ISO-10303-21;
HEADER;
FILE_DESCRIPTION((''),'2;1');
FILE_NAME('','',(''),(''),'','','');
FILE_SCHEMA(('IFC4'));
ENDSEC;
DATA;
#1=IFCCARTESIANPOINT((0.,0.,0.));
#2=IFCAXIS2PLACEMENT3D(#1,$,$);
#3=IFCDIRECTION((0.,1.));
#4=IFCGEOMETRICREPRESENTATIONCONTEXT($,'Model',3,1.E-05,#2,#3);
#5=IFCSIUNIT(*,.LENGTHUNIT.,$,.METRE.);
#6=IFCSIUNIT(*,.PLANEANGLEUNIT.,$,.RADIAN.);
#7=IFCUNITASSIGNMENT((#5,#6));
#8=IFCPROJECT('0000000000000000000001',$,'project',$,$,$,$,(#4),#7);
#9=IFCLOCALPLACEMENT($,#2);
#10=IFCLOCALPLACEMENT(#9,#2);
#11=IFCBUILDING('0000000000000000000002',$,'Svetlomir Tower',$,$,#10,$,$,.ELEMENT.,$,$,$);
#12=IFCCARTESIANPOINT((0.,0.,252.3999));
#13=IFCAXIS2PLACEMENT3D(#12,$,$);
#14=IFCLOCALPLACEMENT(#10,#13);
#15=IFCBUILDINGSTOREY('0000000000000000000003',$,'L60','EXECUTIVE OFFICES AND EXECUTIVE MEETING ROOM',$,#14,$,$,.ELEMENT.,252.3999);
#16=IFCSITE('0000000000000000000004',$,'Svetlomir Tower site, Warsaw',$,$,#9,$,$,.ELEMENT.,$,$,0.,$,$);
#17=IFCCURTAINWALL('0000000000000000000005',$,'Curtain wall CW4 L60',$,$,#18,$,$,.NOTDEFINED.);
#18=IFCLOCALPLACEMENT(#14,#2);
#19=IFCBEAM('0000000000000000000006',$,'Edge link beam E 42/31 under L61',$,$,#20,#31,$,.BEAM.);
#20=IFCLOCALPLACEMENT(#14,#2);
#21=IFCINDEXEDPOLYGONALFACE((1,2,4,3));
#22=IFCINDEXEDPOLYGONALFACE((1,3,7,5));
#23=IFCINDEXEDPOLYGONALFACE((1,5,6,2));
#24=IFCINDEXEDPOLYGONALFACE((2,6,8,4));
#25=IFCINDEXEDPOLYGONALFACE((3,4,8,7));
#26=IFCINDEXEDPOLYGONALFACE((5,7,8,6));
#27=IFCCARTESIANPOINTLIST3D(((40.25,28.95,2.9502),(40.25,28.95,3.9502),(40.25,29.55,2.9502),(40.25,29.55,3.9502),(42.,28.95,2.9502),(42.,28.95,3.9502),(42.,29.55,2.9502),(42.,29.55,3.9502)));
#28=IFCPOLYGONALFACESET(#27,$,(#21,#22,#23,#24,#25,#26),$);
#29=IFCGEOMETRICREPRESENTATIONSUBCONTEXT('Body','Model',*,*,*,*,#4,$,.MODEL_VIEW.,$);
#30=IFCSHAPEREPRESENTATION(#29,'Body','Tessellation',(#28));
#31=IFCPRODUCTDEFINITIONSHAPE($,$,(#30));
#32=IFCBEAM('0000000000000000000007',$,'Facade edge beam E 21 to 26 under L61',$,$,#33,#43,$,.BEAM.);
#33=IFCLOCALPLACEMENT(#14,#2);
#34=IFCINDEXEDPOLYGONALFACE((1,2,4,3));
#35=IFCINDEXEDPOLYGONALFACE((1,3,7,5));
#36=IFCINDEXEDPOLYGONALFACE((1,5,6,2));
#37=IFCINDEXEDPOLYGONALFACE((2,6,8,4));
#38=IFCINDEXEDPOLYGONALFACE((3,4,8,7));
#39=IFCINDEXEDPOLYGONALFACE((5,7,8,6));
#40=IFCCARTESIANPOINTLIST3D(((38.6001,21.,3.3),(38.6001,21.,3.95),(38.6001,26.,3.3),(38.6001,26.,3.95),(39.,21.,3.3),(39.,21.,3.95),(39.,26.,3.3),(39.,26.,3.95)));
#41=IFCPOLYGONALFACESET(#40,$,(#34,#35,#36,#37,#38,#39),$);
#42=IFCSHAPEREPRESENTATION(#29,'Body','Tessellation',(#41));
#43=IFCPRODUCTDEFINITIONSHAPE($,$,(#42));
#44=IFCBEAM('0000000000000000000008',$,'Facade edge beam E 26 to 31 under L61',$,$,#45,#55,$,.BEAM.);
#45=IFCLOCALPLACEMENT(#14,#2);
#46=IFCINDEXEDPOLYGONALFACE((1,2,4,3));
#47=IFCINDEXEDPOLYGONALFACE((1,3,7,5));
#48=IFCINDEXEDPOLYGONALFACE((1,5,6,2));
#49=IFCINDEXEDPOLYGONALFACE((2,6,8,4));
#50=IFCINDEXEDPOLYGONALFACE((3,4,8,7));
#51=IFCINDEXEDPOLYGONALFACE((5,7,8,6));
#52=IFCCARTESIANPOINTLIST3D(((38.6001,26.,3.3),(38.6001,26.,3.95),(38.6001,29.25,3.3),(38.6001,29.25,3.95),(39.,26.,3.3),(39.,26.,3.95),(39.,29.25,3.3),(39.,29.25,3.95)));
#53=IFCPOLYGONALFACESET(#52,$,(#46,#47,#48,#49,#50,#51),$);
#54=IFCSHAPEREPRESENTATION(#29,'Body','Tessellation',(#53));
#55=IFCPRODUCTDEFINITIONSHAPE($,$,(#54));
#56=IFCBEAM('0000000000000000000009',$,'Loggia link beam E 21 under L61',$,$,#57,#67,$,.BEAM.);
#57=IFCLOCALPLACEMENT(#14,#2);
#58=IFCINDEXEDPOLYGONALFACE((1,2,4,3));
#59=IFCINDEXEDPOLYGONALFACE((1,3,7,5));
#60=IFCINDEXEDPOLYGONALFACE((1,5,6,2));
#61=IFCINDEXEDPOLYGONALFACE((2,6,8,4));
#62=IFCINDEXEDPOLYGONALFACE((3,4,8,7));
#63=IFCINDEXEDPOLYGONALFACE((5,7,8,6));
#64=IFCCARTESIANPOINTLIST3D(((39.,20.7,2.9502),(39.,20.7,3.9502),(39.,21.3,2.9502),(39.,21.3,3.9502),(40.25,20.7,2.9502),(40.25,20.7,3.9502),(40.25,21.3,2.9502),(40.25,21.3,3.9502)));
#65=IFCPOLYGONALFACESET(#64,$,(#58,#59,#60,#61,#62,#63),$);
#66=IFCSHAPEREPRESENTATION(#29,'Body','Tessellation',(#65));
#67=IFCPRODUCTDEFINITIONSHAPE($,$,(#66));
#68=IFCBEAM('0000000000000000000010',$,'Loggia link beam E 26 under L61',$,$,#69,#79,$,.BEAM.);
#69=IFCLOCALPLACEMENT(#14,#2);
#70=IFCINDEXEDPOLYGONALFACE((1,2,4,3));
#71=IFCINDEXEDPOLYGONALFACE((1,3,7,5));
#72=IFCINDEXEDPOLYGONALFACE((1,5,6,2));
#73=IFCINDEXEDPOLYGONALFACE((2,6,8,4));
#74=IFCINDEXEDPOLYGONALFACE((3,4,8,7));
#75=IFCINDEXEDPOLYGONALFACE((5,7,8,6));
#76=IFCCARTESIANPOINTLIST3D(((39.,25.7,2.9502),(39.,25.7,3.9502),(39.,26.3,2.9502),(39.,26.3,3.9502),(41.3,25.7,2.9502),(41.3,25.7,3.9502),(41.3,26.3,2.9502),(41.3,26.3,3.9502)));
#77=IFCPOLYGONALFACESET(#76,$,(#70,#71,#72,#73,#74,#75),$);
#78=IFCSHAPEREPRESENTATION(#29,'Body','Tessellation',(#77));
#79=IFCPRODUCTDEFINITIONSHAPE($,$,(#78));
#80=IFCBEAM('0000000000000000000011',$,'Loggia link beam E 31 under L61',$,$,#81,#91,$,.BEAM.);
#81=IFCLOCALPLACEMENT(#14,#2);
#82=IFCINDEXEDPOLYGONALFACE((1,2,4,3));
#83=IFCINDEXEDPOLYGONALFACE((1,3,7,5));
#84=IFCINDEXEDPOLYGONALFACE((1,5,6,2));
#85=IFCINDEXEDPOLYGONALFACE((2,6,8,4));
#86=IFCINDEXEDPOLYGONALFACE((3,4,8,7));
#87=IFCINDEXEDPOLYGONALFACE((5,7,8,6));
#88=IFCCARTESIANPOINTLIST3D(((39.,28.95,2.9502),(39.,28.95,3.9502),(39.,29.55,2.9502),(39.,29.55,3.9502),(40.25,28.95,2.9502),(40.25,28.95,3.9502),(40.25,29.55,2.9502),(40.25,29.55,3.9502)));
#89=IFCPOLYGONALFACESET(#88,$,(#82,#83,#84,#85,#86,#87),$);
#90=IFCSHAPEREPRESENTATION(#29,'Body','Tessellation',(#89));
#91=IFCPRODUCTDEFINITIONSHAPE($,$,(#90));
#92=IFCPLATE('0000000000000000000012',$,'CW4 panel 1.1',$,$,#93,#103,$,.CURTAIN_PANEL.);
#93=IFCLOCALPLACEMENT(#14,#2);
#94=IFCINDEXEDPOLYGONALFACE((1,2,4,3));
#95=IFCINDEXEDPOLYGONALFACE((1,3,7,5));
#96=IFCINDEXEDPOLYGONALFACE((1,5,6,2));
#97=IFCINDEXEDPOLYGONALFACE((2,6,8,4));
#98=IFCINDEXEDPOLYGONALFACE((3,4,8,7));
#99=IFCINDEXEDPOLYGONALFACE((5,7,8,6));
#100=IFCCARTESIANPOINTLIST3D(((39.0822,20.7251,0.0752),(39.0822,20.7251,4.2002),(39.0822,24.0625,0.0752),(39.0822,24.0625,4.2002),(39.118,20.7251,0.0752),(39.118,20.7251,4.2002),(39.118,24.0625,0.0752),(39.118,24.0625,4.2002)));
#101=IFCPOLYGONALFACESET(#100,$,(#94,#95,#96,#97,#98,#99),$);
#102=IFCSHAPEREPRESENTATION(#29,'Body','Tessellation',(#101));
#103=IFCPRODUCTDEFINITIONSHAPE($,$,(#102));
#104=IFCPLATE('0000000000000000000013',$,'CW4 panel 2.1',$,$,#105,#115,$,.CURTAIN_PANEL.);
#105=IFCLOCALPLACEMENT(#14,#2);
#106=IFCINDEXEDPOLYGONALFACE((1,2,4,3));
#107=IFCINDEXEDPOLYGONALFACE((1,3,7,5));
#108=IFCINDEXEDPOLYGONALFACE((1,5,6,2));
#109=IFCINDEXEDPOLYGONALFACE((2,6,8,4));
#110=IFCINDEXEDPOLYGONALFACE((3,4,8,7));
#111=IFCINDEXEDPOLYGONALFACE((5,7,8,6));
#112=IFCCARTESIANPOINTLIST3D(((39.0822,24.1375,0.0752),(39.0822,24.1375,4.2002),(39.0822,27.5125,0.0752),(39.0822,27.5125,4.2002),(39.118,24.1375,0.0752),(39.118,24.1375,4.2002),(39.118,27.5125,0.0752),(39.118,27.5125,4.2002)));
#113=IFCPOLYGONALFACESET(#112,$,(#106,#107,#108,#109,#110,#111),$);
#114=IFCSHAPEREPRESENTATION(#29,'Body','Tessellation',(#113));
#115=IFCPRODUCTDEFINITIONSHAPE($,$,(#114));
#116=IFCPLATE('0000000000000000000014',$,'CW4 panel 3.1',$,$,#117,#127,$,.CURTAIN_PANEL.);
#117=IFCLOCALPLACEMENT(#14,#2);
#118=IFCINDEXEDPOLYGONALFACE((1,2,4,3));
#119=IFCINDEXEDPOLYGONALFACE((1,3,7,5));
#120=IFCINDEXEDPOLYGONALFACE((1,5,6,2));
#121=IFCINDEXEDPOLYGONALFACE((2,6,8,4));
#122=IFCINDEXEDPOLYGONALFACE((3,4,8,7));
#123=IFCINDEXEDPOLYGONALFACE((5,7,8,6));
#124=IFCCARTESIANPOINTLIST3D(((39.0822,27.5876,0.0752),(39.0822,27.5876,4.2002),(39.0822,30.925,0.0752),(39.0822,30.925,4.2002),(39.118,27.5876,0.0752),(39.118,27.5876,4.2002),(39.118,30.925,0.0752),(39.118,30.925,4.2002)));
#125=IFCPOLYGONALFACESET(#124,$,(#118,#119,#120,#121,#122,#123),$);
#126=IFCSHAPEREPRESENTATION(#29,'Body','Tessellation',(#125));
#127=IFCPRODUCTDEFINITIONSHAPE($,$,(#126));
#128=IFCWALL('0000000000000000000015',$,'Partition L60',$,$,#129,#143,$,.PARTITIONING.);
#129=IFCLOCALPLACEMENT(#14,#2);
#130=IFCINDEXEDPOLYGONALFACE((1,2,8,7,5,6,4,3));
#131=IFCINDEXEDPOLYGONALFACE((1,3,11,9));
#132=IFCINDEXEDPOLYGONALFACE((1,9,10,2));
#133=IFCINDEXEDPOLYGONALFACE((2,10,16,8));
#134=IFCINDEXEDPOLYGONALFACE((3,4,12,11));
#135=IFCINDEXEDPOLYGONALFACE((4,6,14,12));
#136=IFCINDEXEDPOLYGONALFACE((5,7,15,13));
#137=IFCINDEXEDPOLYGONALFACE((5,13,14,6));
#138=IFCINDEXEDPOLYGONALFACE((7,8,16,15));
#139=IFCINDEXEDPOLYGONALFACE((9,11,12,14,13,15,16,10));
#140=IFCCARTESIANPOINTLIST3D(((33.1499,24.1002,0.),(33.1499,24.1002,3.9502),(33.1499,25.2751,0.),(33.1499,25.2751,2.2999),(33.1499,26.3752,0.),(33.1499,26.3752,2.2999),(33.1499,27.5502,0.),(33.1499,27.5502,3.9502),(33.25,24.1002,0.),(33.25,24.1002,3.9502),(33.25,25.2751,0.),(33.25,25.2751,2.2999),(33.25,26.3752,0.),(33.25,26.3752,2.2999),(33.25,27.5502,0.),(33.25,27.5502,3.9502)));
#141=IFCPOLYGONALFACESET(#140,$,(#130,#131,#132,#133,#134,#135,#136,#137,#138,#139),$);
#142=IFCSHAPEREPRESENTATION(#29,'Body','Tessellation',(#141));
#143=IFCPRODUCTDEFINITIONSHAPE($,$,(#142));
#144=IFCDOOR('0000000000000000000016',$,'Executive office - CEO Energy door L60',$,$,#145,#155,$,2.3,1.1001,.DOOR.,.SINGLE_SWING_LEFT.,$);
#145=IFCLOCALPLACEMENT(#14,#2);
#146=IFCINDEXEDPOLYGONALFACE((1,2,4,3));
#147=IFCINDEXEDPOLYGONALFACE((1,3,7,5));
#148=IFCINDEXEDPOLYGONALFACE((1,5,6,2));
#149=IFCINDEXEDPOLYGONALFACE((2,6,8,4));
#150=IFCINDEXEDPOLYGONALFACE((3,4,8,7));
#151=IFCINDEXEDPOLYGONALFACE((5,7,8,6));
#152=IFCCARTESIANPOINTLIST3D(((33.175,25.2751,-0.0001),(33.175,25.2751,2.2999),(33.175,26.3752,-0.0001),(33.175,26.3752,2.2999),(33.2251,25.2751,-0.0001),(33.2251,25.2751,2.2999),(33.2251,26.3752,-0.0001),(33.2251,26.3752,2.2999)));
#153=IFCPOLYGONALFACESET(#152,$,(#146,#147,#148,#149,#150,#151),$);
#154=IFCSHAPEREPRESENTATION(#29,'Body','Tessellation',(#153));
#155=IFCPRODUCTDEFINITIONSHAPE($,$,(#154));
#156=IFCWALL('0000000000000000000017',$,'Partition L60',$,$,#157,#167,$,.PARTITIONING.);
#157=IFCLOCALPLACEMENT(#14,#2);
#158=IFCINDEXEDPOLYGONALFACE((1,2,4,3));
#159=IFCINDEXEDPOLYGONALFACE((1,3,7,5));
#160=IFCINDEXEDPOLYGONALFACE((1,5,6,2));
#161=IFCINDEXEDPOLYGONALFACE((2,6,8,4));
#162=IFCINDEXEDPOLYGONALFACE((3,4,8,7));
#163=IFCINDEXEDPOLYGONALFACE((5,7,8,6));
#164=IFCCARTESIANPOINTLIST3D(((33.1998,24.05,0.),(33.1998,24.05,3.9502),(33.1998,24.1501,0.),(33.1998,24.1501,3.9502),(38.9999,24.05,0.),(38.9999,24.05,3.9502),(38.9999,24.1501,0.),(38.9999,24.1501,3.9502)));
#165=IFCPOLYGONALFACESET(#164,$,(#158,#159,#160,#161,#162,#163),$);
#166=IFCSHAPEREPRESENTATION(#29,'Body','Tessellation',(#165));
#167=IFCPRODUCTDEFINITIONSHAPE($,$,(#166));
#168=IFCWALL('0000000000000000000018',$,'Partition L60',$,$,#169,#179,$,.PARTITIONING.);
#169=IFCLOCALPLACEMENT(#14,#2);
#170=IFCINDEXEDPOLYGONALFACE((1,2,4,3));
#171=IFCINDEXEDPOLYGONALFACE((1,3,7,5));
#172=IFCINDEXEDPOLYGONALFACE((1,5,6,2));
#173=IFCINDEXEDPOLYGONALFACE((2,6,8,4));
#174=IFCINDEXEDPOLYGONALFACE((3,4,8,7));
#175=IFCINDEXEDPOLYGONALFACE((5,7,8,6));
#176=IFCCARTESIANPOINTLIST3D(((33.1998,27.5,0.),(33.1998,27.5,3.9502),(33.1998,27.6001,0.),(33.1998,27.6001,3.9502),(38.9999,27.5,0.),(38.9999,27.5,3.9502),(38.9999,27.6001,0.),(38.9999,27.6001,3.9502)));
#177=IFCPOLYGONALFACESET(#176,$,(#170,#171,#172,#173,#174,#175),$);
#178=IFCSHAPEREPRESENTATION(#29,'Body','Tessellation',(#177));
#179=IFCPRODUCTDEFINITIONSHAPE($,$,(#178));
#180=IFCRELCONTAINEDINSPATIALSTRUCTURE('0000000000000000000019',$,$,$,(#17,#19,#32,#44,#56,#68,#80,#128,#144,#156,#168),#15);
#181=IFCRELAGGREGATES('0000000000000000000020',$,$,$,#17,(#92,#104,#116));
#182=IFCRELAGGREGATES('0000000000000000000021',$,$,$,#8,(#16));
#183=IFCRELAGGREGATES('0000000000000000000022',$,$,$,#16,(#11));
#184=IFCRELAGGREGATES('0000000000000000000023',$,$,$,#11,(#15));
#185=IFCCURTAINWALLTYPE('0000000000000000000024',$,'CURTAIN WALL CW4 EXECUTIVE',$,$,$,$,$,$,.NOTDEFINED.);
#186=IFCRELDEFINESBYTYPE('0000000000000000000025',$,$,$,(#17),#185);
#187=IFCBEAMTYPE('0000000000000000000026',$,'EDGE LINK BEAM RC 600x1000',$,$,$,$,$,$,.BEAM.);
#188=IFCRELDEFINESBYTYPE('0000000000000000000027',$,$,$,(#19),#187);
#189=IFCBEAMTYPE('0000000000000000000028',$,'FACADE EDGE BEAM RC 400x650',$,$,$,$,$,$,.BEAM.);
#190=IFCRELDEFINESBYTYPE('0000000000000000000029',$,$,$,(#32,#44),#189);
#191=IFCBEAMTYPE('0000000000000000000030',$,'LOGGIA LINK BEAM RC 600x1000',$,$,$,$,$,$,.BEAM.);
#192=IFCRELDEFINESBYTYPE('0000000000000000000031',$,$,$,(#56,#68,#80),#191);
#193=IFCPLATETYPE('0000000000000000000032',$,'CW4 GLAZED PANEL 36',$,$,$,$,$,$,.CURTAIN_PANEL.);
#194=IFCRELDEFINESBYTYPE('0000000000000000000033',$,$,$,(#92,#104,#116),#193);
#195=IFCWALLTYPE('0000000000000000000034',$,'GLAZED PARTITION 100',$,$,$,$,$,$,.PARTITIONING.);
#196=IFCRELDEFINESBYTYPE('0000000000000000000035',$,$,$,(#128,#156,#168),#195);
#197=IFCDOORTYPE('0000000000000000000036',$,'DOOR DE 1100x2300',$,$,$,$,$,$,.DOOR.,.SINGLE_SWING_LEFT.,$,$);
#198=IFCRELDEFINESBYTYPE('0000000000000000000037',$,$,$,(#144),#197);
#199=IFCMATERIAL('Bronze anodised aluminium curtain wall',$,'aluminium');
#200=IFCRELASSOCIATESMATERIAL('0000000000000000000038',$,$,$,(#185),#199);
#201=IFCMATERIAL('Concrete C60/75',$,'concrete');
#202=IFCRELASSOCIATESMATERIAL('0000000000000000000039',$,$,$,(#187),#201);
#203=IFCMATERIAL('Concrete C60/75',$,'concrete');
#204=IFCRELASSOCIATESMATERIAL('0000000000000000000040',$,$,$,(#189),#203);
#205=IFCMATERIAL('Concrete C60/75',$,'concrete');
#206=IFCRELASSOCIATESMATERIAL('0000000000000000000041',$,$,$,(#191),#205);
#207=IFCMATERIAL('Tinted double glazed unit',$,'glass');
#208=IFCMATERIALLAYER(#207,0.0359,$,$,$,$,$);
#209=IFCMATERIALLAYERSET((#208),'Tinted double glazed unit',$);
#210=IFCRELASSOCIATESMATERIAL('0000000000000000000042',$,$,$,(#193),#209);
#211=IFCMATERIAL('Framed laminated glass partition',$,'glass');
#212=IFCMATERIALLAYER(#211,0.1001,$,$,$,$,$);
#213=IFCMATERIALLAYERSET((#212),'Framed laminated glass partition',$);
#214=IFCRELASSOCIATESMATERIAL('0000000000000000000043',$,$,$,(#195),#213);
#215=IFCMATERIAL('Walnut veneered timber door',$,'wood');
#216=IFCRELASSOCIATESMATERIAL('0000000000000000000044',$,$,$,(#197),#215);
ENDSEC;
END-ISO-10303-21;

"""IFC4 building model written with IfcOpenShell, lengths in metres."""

from ifc_helpers import new_model, si_unit, direction, frame, frame_2d, origin, origin_2d, place, context, subcontext, project, spatial, rectangle, extrude, material, layer, layer_set, material_profile, profile_set, type_object, element, fill, aggregate, save


model = new_model("IFC4")

# Units and contexts
model_context = context("Model", 3, precision=1e-05, world=origin(), true_north=direction((0.0, 1.0)))
body_context = subcontext(model_context, "Body", "Model", "MODEL_VIEW")
ifc_project = project(units=[si_unit("LENGTHUNIT", "METRE"), si_unit("PLANEANGLEUNIT", "RADIAN")], contexts=[model_context])

# Site, building, storey
site_placement = place(None, origin())
site = spatial("IfcSite", under=ifc_project, at=site_placement, Name="Svetlomir Tower site, Warsaw", CompositionType="ELEMENT", RefElevation=0.0)
building_placement = place(site_placement, origin())
building = spatial("IfcBuilding", under=site, at=building_placement, Name="Svetlomir Tower", CompositionType="ELEMENT")
storey_placement = place(building_placement, frame((0.0, 0.0, 252.3999)))
storey = spatial("IfcBuildingStorey", under=building, at=storey_placement, Name="L60", Description="EXECUTIVE OFFICES AND EXECUTIVE MEETING ROOM", CompositionType="ELEMENT", Elevation=252.3999)

# Curtain wall
ifc_material_1 = material(Name="Bronze anodised aluminium curtain wall", Category="aluminium")
curtain_wall_type = type_object("IfcCurtainWallType", Name="CURTAIN WALL CW4 EXECUTIVE", PredefinedType="NOTDEFINED", material=ifc_material_1)
curtain_wall_placement = place(storey_placement, origin())
curtain_wall = element("IfcCurtainWall", 1, at=curtain_wall_placement, inside=storey, type_object=curtain_wall_type, Name="Curtain wall CW4 L60", PredefinedType="NOTDEFINED")

# Beams
ifc_material_2 = material(Name="Concrete C60/75", Category="concrete")
ifc_material_profile_1 = material_profile(ifc_material_2, rectangle(XDim=0.6001, YDim=1.0, at=origin_2d()), Name="RC 600x1000")
ifc_profile_set_1 = profile_set([ifc_material_profile_1], Name="Concrete C60/75")
beam_type_1 = type_object("IfcBeamType", Name="EDGE LINK BEAM RC 600x1000", PredefinedType="BEAM", material=ifc_profile_set_1)
beam_1_placement = place(storey_placement, frame((40.25, 29.25, 3.4502), z_axis=(1.0, 0.0, 0.0), x_axis=(0.0, 1.0, 0.0)))
element("IfcBeam", 2, at=beam_1_placement, inside=storey, type_object=beam_type_1, Name="Edge link beam E 42/31 under L61", PredefinedType="BEAM", context=body_context, shape_type="SweptSolid", body=[
    extrude(rectangle(XDim=0.6001, YDim=1.0, at=origin_2d()), origin(), (0.0, 0.0, 1.0), 1.75),
])
ifc_material_3 = material(Name="Concrete C60/75", Category="concrete")
ifc_material_profile_2 = material_profile(ifc_material_3, rectangle(XDim=0.3999, YDim=0.6499, at=origin_2d()), Name="RC 400x650")
ifc_profile_set_2 = profile_set([ifc_material_profile_2], Name="Concrete C60/75")
beam_type_2 = type_object("IfcBeamType", Name="FACADE EDGE BEAM RC 400x650", PredefinedType="BEAM", material=ifc_profile_set_2)
beam_2_placement = place(storey_placement, frame((38.8, 21.0, 3.625), z_axis=(0.0, 1.0, 0.0), x_axis=(-1.0, 0.0, 0.0)))
element("IfcBeam", 3, at=beam_2_placement, inside=storey, type_object=beam_type_2, Name="Facade edge beam E 21 to 26 under L61", PredefinedType="BEAM", context=body_context, shape_type="SweptSolid", body=[
    extrude(rectangle(XDim=0.3999, YDim=0.6499, at=origin_2d()), origin(), (0.0, 0.0, 1.0), 5.0),
])
beam_3_placement = place(storey_placement, frame((38.8, 26.0, 3.625), z_axis=(0.0, 1.0, 0.0), x_axis=(-1.0, 0.0, 0.0)))
element("IfcBeam", 4, at=beam_3_placement, inside=storey, type_object=beam_type_2, Name="Facade edge beam E 26 to 31 under L61", PredefinedType="BEAM", context=body_context, shape_type="SweptSolid", body=[
    extrude(rectangle(XDim=0.3999, YDim=0.6499, at=origin_2d()), origin(), (0.0, 0.0, 1.0), 3.25),
])
ifc_material_4 = material(Name="Concrete C60/75", Category="concrete")
ifc_material_profile_3 = material_profile(ifc_material_4, rectangle(XDim=0.6001, YDim=1.0, at=origin_2d()), Name="RC 600x1000")
ifc_profile_set_3 = profile_set([ifc_material_profile_3], Name="Concrete C60/75")
beam_type_3 = type_object("IfcBeamType", Name="LOGGIA LINK BEAM RC 600x1000", PredefinedType="BEAM", material=ifc_profile_set_3)
beam_4_placement = place(storey_placement, frame((40.25, 21.0, 3.4502), z_axis=(-1.0, 0.0, 0.0), x_axis=(0.0, -1.0, 0.0)))
element("IfcBeam", 5, at=beam_4_placement, inside=storey, type_object=beam_type_3, Name="Loggia link beam E 21 under L61", PredefinedType="BEAM", context=body_context, shape_type="SweptSolid", body=[
    extrude(rectangle(XDim=0.6001, YDim=1.0, at=origin_2d()), origin(), (0.0, 0.0, 1.0), 1.25),
])
beam_5_placement = place(storey_placement, frame((41.3, 26.0, 3.4502), z_axis=(-1.0, 0.0, 0.0), x_axis=(0.0, -1.0, 0.0)))
element("IfcBeam", 6, at=beam_5_placement, inside=storey, type_object=beam_type_3, Name="Loggia link beam E 26 under L61", PredefinedType="BEAM", context=body_context, shape_type="SweptSolid", body=[
    extrude(rectangle(XDim=0.6001, YDim=1.0, at=origin_2d()), origin(), (0.0, 0.0, 1.0), 2.3),
])
beam_6_placement = place(storey_placement, frame((40.25, 29.25, 3.4502), z_axis=(-1.0, 0.0, 0.0), x_axis=(0.0, -1.0, 0.0)))
element("IfcBeam", 7, at=beam_6_placement, inside=storey, type_object=beam_type_3, Name="Loggia link beam E 31 under L61", PredefinedType="BEAM", context=body_context, shape_type="SweptSolid", body=[
    extrude(rectangle(XDim=0.6001, YDim=1.0, at=origin_2d()), origin(), (0.0, 0.0, 1.0), 1.25),
])

# Plates
ifc_material_5 = material(Name="Tinted double glazed unit", Category="glass")
ifc_layer_1 = layer(ifc_material_5, 0.0359)
ifc_layer_set_1 = layer_set([ifc_layer_1], Name="Tinted double glazed unit")
plate_type = type_object("IfcPlateType", Name="CW4 GLAZED PANEL 36", PredefinedType="CURTAIN_PANEL", material=ifc_layer_set_1)
plate_1_placement = place(storey_placement, frame((39.1001, 22.3938, 0.0752), z_axis=(0.0, 0.0, 1.0), x_axis=(0.0, 1.0, 0.0)))
plate_1 = element("IfcPlate", 8, at=plate_1_placement, type_object=plate_type, Name="CW4 panel 1.1", PredefinedType="CURTAIN_PANEL", context=body_context, shape_type="SweptSolid", body=[
    extrude(rectangle(XDim=3.3374, YDim=0.0359, at=origin_2d()), origin(), (0.0, 0.0, 1.0), 4.125),
])
plate_2_placement = place(storey_placement, frame((39.1001, 25.825, 0.0752), z_axis=(0.0, 0.0, 1.0), x_axis=(0.0, 1.0, 0.0)))
plate_2 = element("IfcPlate", 9, at=plate_2_placement, type_object=plate_type, Name="CW4 panel 2.1", PredefinedType="CURTAIN_PANEL", context=body_context, shape_type="SweptSolid", body=[
    extrude(rectangle(XDim=3.375, YDim=0.0359, at=origin_2d()), origin(), (0.0, 0.0, 1.0), 4.125),
])
plate_3_placement = place(storey_placement, frame((39.1001, 29.2563, 0.0752), z_axis=(0.0, 0.0, 1.0), x_axis=(0.0, 1.0, 0.0)))
plate_3 = element("IfcPlate", 10, at=plate_3_placement, type_object=plate_type, Name="CW4 panel 3.1", PredefinedType="CURTAIN_PANEL", context=body_context, shape_type="SweptSolid", body=[
    extrude(rectangle(XDim=3.3374, YDim=0.0359, at=origin_2d()), origin(), (0.0, 0.0, 1.0), 4.125),
])
aggregate(curtain_wall, [plate_1, plate_2, plate_3])

# Wall, opening, door
ifc_material_6 = material(Name="Framed laminated glass partition", Category="glass")
ifc_layer_2 = layer(ifc_material_6, 0.1001)
ifc_layer_set_2 = layer_set([ifc_layer_2], Name="Framed laminated glass partition")
wall_type = type_object("IfcWallType", Name="GLAZED PARTITION 100", PredefinedType="PARTITIONING", material=ifc_layer_set_2)
wall_placement = place(storey_placement, frame((33.2, 24.1001, 0.0), z_axis=(0.0, 0.0, 1.0), x_axis=(0.0, 1.0, 0.0)))
wall = element("IfcWall", 11, at=wall_placement, inside=storey, type_object=wall_type, Name="Partition L60", PredefinedType="PARTITIONING", context=body_context, shape_type="SweptSolid", body=[
    extrude(rectangle(XDim=3.45, YDim=0.1001, at=frame_2d((1.7251, 0.0))), origin(), (0.0, 0.0, 1.0), 3.9502),
])
opening_placement = place(wall_placement, frame((1.175, 0.0, 0.0)))
opening = element("IfcOpeningElement", 12, at=opening_placement, cuts=wall, PredefinedType="OPENING", context=body_context, shape_type="SweptSolid", body=[
    extrude(rectangle(XDim=1.1001, YDim=2.3, at=frame_2d((0.55, 1.1499))), frame((0.0, 0.0601, 0.0), z_axis=(0.0, -1.0, 0.0), x_axis=(1.0, 0.0, 0.0)), (0.0, 0.0, 1.0), 0.1201),
])
ifc_material_7 = material(Name="Walnut veneered timber door", Category="wood")
door_type = type_object("IfcDoorType", Name="DOOR DE 1100x2300", OperationType="SINGLE_SWING_LEFT", PredefinedType="DOOR", material=ifc_material_7)
door_placement = place(opening_placement, origin())
door = element("IfcDoor", 13, at=door_placement, inside=storey, type_object=door_type, Name="Executive office - CEO Energy door L60", OperationType="SINGLE_SWING_LEFT", OverallHeight=2.3, OverallWidth=1.1001, PredefinedType="DOOR", context=body_context, shape_type="SweptSolid", body=[
    extrude(rectangle(XDim=1.1001, YDim=2.3, at=frame_2d((0.55, 1.1499))), frame((0.0, 0.0249, 0.0), z_axis=(0.0, -1.0, 0.0), x_axis=(1.0, 0.0, 0.0)), (0.0, 0.0, 1.0), 0.05),
])
fill(opening, door)

# Walls
for number, where, z_axis, x_axis, name in (
    (14, (33.2, 24.1001, 0.0), (0.0, 0.0, 1.0), (1.0, 0.0, 0.0), "Partition L60"),
    (15, (33.2, 27.55, 0.0), (0.0, 0.0, 1.0), (1.0, 0.0, 0.0), "Partition L60"),
):
    element("IfcWall", number, at=place(storey_placement, frame(where, z_axis=z_axis, x_axis=x_axis)), inside=storey, type_object=wall_type, Name=name, PredefinedType="PARTITIONING", context=body_context, shape_type="SweptSolid", body=[
        extrude(rectangle(XDim=5.8, YDim=0.1001, at=frame_2d((2.8999, 0.0))), origin(), (0.0, 0.0, 1.0), 3.9502),
    ])

save(model, "model.ifc")
